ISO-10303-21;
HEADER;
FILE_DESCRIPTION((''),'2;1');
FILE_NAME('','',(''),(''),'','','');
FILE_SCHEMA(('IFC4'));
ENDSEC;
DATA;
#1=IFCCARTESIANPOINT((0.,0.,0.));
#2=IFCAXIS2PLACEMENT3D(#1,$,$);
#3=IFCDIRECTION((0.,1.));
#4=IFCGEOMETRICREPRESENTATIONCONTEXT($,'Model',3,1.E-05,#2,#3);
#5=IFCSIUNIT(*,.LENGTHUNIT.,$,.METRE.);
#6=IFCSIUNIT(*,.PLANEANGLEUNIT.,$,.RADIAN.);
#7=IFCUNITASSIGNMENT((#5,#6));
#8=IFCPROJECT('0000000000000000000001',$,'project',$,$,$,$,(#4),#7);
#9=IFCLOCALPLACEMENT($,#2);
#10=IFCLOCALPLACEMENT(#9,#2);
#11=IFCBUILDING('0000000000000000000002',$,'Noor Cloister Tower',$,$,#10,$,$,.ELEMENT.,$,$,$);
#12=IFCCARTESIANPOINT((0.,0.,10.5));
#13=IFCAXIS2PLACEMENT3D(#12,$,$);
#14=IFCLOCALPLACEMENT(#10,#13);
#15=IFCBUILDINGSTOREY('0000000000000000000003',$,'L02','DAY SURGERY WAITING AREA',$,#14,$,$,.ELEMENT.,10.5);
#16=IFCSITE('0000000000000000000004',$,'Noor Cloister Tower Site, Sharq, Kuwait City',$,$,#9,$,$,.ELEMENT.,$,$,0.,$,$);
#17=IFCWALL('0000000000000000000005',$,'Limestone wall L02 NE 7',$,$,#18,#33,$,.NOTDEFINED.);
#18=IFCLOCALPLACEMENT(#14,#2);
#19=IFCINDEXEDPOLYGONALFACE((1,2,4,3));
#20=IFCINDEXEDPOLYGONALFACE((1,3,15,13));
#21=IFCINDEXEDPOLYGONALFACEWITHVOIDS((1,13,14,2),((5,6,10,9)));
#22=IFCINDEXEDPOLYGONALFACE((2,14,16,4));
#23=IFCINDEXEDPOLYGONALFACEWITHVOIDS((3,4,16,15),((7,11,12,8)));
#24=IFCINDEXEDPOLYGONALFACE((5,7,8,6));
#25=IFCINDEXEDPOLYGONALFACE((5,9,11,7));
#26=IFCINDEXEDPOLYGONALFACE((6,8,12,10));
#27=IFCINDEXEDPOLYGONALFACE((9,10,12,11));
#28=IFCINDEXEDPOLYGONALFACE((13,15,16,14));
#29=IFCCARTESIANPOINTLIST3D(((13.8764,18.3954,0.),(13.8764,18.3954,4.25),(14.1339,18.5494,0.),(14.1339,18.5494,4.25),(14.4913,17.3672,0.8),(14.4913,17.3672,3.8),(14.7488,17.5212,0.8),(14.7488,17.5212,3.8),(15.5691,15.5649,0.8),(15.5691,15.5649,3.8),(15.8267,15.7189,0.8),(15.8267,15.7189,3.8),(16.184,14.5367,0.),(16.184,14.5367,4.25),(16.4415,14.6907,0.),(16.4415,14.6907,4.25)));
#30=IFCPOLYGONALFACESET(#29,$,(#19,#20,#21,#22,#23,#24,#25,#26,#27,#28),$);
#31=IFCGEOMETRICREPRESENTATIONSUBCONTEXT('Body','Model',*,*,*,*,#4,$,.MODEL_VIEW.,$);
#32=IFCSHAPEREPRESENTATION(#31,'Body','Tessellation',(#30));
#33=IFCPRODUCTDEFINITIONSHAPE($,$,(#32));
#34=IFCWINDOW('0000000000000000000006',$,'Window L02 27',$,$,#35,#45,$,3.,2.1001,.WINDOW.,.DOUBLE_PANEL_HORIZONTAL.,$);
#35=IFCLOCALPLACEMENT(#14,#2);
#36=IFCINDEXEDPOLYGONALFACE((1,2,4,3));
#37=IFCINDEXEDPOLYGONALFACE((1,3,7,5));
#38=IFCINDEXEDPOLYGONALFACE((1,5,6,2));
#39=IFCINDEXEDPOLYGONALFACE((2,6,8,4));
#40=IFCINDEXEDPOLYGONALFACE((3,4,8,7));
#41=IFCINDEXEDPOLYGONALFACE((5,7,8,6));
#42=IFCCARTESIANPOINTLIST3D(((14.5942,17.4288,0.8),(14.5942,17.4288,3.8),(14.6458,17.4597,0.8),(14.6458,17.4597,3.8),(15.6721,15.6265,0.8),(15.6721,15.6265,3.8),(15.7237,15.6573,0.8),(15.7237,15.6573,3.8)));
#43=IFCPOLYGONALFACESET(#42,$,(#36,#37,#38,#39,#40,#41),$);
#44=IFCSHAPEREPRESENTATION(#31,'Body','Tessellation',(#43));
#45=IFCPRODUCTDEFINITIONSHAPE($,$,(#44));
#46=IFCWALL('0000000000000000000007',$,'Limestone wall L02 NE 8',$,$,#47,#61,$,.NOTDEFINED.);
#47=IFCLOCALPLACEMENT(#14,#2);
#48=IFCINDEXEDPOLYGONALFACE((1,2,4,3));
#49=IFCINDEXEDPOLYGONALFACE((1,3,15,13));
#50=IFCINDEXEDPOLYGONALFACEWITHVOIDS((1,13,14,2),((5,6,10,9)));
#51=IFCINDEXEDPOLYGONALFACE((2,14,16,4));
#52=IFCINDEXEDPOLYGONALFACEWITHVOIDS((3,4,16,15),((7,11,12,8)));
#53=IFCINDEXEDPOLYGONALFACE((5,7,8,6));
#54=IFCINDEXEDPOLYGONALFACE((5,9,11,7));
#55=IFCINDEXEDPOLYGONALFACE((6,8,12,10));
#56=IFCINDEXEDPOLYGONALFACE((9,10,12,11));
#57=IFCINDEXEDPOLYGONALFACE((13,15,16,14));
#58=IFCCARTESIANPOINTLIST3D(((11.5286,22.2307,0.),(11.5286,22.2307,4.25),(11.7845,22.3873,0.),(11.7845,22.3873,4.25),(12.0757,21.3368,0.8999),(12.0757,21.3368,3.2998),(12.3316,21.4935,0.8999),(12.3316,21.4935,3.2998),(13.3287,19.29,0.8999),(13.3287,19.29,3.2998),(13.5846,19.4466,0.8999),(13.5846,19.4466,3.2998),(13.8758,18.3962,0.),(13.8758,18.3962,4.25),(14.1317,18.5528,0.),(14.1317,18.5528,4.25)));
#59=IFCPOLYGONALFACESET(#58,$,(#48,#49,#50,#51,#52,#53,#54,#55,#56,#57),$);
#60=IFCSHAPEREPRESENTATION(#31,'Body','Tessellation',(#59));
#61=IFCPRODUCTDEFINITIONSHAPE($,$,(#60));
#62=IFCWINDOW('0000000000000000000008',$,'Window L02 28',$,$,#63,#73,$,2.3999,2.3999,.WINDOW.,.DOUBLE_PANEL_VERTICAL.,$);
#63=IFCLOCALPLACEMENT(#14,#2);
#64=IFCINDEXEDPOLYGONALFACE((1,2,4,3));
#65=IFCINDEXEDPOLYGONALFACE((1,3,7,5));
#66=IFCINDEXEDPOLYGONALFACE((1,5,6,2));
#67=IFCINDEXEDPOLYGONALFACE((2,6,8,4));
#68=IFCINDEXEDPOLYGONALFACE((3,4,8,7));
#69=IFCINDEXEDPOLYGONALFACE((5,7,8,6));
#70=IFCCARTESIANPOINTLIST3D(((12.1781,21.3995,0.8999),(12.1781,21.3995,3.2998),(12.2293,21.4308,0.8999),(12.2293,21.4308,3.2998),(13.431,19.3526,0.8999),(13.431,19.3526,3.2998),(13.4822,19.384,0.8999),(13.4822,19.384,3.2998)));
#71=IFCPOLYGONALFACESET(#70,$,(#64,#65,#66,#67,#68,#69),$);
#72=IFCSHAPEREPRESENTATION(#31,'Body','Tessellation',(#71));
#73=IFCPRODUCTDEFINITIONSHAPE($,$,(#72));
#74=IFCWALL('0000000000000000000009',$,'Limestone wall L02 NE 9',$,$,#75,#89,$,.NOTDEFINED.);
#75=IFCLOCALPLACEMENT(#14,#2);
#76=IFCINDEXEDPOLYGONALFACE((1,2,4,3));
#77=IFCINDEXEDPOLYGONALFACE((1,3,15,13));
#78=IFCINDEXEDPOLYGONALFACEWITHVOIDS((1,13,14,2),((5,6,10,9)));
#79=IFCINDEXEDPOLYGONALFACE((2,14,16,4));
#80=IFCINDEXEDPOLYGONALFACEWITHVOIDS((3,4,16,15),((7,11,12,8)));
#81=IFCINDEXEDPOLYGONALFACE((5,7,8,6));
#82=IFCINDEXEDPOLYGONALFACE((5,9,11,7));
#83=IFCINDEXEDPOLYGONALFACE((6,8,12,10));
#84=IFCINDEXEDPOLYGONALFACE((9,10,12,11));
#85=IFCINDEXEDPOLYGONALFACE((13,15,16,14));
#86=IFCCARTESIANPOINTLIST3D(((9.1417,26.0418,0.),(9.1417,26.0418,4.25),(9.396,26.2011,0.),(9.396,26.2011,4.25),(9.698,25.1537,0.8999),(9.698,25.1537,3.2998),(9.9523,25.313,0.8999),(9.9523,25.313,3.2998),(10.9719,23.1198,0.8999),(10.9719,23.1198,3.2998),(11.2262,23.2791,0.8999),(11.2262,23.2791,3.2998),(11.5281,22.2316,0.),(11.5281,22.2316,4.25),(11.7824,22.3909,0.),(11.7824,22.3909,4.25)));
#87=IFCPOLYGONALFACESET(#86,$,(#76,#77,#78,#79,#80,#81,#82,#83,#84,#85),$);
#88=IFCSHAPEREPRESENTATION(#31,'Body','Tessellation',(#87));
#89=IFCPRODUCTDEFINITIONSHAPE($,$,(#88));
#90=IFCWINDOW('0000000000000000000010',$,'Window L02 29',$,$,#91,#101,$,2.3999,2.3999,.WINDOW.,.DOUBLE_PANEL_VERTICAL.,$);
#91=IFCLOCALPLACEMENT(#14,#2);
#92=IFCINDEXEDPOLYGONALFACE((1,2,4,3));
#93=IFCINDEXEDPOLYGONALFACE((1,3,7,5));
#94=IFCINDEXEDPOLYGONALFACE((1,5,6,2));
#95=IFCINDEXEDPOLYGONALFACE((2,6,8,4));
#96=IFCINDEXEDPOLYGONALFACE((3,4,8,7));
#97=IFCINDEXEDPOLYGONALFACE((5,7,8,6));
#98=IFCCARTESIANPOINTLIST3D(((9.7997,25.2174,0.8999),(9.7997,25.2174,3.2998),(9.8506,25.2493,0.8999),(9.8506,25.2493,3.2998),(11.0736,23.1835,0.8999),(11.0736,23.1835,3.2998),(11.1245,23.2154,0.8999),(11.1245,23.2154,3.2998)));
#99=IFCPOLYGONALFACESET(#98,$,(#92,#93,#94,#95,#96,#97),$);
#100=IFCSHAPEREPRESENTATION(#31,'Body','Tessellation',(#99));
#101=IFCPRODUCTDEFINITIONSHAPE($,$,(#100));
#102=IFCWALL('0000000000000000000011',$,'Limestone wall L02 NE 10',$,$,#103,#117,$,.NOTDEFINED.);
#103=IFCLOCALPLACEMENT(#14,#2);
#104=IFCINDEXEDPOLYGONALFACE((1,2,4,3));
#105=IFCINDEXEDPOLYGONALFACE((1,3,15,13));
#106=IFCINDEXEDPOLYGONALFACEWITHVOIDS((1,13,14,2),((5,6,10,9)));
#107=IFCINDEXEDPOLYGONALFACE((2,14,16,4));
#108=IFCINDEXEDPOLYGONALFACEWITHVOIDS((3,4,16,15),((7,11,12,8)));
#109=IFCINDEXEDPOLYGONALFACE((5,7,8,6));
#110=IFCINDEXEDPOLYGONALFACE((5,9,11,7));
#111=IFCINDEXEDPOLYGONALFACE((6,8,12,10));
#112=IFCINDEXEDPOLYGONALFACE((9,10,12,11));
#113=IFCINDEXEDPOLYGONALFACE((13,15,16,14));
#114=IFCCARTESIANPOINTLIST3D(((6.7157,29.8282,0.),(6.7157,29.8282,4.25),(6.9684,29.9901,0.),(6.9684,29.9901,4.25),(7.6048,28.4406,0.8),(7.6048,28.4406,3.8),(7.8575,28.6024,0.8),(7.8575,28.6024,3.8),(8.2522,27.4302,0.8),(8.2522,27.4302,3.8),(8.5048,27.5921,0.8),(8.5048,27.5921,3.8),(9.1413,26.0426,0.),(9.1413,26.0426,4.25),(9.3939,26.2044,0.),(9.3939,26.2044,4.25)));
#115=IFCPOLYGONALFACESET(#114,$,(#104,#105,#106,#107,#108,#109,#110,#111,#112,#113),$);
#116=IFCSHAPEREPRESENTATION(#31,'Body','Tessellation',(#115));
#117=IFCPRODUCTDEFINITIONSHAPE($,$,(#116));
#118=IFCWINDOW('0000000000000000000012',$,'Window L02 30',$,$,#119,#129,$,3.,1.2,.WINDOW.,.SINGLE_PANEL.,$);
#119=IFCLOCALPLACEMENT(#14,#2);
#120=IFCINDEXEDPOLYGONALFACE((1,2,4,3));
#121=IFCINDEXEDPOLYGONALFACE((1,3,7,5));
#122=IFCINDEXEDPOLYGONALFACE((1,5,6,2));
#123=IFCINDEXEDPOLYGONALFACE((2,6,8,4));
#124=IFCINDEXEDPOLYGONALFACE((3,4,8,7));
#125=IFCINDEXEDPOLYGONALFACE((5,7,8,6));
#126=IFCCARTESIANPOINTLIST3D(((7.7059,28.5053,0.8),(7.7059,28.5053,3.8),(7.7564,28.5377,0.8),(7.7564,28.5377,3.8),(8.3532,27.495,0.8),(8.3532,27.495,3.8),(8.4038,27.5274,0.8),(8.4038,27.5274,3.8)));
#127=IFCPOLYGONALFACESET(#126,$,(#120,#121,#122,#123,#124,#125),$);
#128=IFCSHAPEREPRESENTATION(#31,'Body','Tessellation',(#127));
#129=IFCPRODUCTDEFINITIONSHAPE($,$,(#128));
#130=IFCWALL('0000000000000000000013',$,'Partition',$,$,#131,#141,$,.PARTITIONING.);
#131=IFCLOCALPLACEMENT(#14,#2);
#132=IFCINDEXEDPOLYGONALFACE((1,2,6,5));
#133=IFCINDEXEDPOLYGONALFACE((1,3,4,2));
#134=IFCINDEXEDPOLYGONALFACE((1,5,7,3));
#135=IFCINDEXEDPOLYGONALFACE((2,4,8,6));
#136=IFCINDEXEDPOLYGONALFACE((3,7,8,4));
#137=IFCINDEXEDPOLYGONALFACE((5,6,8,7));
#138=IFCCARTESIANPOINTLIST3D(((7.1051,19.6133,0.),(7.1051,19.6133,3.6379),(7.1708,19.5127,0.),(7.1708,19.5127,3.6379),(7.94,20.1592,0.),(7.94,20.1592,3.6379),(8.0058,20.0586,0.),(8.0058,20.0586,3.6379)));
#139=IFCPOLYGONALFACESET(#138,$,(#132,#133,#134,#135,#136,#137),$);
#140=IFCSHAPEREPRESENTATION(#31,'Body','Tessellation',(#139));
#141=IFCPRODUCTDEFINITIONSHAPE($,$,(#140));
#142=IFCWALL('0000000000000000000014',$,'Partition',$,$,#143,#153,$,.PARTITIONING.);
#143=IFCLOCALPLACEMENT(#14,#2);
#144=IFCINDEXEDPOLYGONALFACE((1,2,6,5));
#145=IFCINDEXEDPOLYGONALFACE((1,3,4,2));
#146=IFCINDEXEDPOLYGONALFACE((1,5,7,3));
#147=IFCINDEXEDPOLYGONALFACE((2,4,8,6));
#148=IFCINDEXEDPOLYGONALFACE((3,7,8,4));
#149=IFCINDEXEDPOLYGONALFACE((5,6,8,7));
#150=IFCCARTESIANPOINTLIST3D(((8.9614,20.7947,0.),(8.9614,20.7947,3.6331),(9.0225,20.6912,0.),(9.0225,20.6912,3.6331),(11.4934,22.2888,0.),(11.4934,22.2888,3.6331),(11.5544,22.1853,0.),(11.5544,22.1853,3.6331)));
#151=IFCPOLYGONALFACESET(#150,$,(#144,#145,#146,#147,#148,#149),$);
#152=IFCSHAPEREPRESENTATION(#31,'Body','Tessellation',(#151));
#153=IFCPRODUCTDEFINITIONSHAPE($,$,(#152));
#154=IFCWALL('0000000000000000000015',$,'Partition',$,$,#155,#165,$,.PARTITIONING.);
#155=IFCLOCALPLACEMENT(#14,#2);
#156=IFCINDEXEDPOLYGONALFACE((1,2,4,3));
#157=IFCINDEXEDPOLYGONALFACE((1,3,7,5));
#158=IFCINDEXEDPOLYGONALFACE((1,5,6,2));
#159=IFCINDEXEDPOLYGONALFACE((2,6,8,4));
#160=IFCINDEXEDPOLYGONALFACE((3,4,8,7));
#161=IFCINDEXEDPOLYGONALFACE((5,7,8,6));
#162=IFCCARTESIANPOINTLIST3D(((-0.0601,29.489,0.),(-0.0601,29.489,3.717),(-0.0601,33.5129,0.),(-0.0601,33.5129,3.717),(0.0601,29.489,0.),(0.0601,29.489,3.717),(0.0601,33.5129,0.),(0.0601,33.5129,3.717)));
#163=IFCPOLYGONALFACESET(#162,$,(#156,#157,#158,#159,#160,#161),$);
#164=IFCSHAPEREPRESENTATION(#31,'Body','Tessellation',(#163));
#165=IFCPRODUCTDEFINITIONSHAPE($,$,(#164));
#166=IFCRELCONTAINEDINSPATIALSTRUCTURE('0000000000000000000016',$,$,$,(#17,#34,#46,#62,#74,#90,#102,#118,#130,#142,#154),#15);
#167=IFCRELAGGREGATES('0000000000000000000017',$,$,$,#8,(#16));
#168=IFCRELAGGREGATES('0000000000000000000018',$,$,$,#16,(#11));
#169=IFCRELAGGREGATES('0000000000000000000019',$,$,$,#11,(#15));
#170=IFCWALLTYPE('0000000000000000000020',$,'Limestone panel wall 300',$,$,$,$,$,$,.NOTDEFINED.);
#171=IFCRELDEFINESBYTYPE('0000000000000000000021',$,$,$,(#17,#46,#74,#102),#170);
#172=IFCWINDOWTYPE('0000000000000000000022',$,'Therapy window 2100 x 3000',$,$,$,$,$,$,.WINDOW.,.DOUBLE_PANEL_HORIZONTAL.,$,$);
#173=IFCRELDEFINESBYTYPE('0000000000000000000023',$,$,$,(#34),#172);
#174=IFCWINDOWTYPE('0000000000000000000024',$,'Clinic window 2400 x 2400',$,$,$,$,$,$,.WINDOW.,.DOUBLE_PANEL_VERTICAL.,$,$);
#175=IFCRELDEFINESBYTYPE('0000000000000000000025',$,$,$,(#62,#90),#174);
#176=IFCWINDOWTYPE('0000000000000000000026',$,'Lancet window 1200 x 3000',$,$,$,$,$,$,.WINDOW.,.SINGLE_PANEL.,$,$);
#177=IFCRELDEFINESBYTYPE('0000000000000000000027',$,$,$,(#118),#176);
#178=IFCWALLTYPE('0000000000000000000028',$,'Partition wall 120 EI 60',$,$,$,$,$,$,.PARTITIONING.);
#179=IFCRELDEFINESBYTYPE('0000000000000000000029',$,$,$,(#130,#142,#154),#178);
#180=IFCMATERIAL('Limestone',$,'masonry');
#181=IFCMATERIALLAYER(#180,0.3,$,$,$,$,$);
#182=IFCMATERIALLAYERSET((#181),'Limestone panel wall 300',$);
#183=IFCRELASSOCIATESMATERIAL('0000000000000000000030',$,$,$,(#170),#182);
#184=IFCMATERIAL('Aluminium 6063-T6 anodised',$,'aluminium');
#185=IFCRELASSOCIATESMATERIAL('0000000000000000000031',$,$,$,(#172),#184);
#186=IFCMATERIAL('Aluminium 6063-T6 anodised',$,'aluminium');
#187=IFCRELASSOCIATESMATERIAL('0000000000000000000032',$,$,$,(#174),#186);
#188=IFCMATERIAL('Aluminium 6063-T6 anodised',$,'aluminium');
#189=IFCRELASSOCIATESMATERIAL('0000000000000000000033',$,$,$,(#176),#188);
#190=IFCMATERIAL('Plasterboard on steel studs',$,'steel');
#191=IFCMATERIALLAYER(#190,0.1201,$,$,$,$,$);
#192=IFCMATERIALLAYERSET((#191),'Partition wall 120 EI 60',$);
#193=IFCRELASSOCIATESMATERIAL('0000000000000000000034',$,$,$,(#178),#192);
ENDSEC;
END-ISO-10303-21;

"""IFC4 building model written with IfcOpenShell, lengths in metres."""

from ifc_helpers import new_model, si_unit, direction, frame, frame_2d, origin, place, context, subcontext, project, spatial, rectangle, extrude, material, layer, layer_set, type_object, element, fill, save


model = new_model("IFC4")

# Units and contexts
model_context = context("Model", 3, precision=1e-05, world=origin(), true_north=direction((0.0, 1.0)))
body_context = subcontext(model_context, "Body", "Model", "MODEL_VIEW")
ifc_project = project(units=[si_unit("LENGTHUNIT", "METRE"), si_unit("PLANEANGLEUNIT", "RADIAN")], contexts=[model_context])

# Site, building, storey
site_placement = place(None, origin())
site = spatial("IfcSite", under=ifc_project, at=site_placement, Name="Noor Cloister Tower Site, Sharq, Kuwait City", CompositionType="ELEMENT", RefElevation=0.0)
building_placement = place(site_placement, origin())
building = spatial("IfcBuilding", under=site, at=building_placement, Name="Noor Cloister Tower", CompositionType="ELEMENT")
storey_placement = place(building_placement, frame((0.0, 0.0, 10.5)))
storey = spatial("IfcBuildingStorey", under=building, at=storey_placement, Name="L02", Description="DAY SURGERY WAITING AREA", CompositionType="ELEMENT", Elevation=10.5)

# Walls, openings, windows
ifc_material_1 = material(Name="Limestone", Category="masonry")
ifc_layer_1 = layer(ifc_material_1, 0.3)
ifc_layer_set_1 = layer_set([ifc_layer_1], Name="Limestone panel wall 300")
wall_type_1 = type_object("IfcWallType", Name="Limestone panel wall 300", PredefinedType="NOTDEFINED", material=ifc_layer_set_1)
wall_1_placement = place(storey_placement, frame((14.0051, 18.4724, 0.0), z_axis=(0.0, 0.0, 1.0), x_axis=(0.513257, -0.858235, 0.0)))
wall_1 = element("IfcWall", 1, at=wall_1_placement, inside=storey, type_object=wall_type_1, Name="Limestone wall L02 NE 7", PredefinedType="NOTDEFINED", context=body_context, shape_type="SweptSolid", body=[
    extrude(rectangle(XDim=4.4961, YDim=0.3, at=frame_2d((2.248, 0.0))), origin(), (0.0, 0.0, 1.0), 4.25),
])
opening_1_placement = place(wall_1_placement, frame((1.198, 0.0, 0.8)))
opening_1 = element("IfcOpeningElement", 2, at=opening_1_placement, cuts=wall_1, PredefinedType="OPENING", context=body_context, shape_type="SweptSolid", body=[
    extrude(rectangle(XDim=2.1001, YDim=3.0, at=frame_2d((1.05, 1.5))), frame((0.0, 0.1602, 0.0), z_axis=(0.0, -1.0, 0.0), x_axis=(1.0, 0.0, 0.0)), (0.0, 0.0, 1.0), 0.3201),
])
ifc_material_2 = material(Name="Aluminium 6063-T6 anodised", Category="aluminium")
window_type_1 = type_object("IfcWindowType", Name="Therapy window 2100 x 3000", PartitioningType="DOUBLE_PANEL_HORIZONTAL", PredefinedType="WINDOW", material=ifc_material_2)
window_1_placement = place(opening_1_placement, origin())
window_1 = element("IfcWindow", 3, at=window_1_placement, inside=storey, type_object=window_type_1, Name="Window L02 27", OverallHeight=3.0, OverallWidth=2.1001, PartitioningType="DOUBLE_PANEL_HORIZONTAL", PredefinedType="WINDOW", context=body_context, shape_type="SweptSolid", body=[
    extrude(rectangle(XDim=2.1001, YDim=3.0, at=frame_2d((1.05, 1.5))), frame((0.0, 0.03, 0.0), z_axis=(0.0, -1.0, 0.0), x_axis=(1.0, 0.0, 0.0)), (0.0, 0.0, 1.0), 0.0601),
])
fill(opening_1, window_1)
wall_2_placement = place(storey_placement, frame((11.6565, 22.3091, 0.0), z_axis=(0.0, 0.0, 1.0), x_axis=(0.522078, -0.852898, 0.0)))
wall_2 = element("IfcWall", 4, at=wall_2_placement, inside=storey, type_object=wall_type_1, Name="Limestone wall L02 NE 8", PredefinedType="NOTDEFINED", context=body_context, shape_type="SweptSolid", body=[
    extrude(rectangle(XDim=4.4958, YDim=0.3, at=frame_2d((2.248, 0.0))), origin(), (0.0, 0.0, 1.0), 4.25),
])
opening_2_placement = place(wall_2_placement, frame((1.0481, 0.0, 0.8999)))
opening_2 = element("IfcOpeningElement", 5, at=opening_2_placement, cuts=wall_2, PredefinedType="OPENING", context=body_context, shape_type="SweptSolid", body=[
    extrude(rectangle(XDim=2.3999, YDim=2.3999, at=frame_2d((1.2, 1.2))), frame((0.0, 0.1602, 0.0), z_axis=(0.0, -1.0, 0.0), x_axis=(1.0, 0.0, 0.0)), (0.0, 0.0, 1.0), 0.3201),
])
ifc_material_3 = material(Name="Aluminium 6063-T6 anodised", Category="aluminium")
window_type_2 = type_object("IfcWindowType", Name="Clinic window 2400 x 2400", PartitioningType="DOUBLE_PANEL_VERTICAL", PredefinedType="WINDOW", material=ifc_material_3)
window_2_placement = place(opening_2_placement, origin())
window_2 = element("IfcWindow", 6, at=window_2_placement, inside=storey, type_object=window_type_2, Name="Window L02 28", OverallHeight=2.3999, OverallWidth=2.3999, PartitioningType="DOUBLE_PANEL_VERTICAL", PredefinedType="WINDOW", context=body_context, shape_type="SweptSolid", body=[
    extrude(rectangle(XDim=2.3999, YDim=2.3999, at=frame_2d((1.2, 1.2))), frame((0.0, 0.03, 0.0), z_axis=(0.0, -1.0, 0.0), x_axis=(1.0, 0.0, 0.0)), (0.0, 0.0, 1.0), 0.0601),
])
fill(opening_2, window_2)
wall_3_placement = place(storey_placement, frame((9.2688, 26.1216, 0.0), z_axis=(0.0, 0.0, 1.0), x_axis=(0.530804, -0.847495, 0.0)))
wall_3 = element("IfcWall", 7, at=wall_3_placement, inside=storey, type_object=wall_type_1, Name="Limestone wall L02 NE 9", PredefinedType="NOTDEFINED", context=body_context, shape_type="SweptSolid", body=[
    extrude(rectangle(XDim=4.4958, YDim=0.3, at=frame_2d((2.248, 0.0))), origin(), (0.0, 0.0, 1.0), 4.25),
])
opening_3_placement = place(wall_3_placement, frame((1.0481, 0.0, 0.8999)))
opening_3 = element("IfcOpeningElement", 8, at=opening_3_placement, cuts=wall_3, PredefinedType="OPENING", context=body_context, shape_type="SweptSolid", body=[
    extrude(rectangle(XDim=2.3999, YDim=2.3999, at=frame_2d((1.2, 1.2))), frame((0.0, 0.1602, 0.0), z_axis=(0.0, -1.0, 0.0), x_axis=(1.0, 0.0, 0.0)), (0.0, 0.0, 1.0), 0.3201),
])
window_3_placement = place(opening_3_placement, origin())
window_3 = element("IfcWindow", 9, at=window_3_placement, inside=storey, type_object=window_type_2, Name="Window L02 29", OverallHeight=2.3999, OverallWidth=2.3999, PartitioningType="DOUBLE_PANEL_VERTICAL", PredefinedType="WINDOW", context=body_context, shape_type="SweptSolid", body=[
    extrude(rectangle(XDim=2.3999, YDim=2.3999, at=frame_2d((1.2, 1.2))), frame((0.0, 0.03, 0.0), z_axis=(0.0, -1.0, 0.0), x_axis=(1.0, 0.0, 0.0)), (0.0, 0.0, 1.0), 0.0601),
])
fill(opening_3, window_3)
wall_4_placement = place(storey_placement, frame((6.842, 29.9092, 0.0), z_axis=(0.0, 0.0, 1.0), x_axis=(0.539484, -0.841996, 0.0)))
wall_4 = element("IfcWall", 10, at=wall_4_placement, inside=storey, type_object=wall_type_1, Name="Limestone wall L02 NE 10", PredefinedType="NOTDEFINED", context=body_context, shape_type="SweptSolid", body=[
    extrude(rectangle(XDim=4.4961, YDim=0.3, at=frame_2d((2.248, 0.0))), origin(), (0.0, 0.0, 1.0), 4.25),
])
opening_4_placement = place(wall_4_placement, frame((1.6479, 0.0, 0.8)))
opening_4 = element("IfcOpeningElement", 11, at=opening_4_placement, cuts=wall_4, PredefinedType="OPENING", context=body_context, shape_type="SweptSolid", body=[
    extrude(rectangle(XDim=1.2, YDim=3.0, at=frame_2d((0.6001, 1.5))), frame((0.0, 0.1602, 0.0), z_axis=(0.0, -1.0, 0.0), x_axis=(1.0, 0.0, 0.0)), (0.0, 0.0, 1.0), 0.3201),
])
ifc_material_4 = material(Name="Aluminium 6063-T6 anodised", Category="aluminium")
window_type_3 = type_object("IfcWindowType", Name="Lancet window 1200 x 3000", PartitioningType="SINGLE_PANEL", PredefinedType="WINDOW", material=ifc_material_4)
window_4_placement = place(opening_4_placement, origin())
window_4 = element("IfcWindow", 12, at=window_4_placement, inside=storey, type_object=window_type_3, Name="Window L02 30", OverallHeight=3.0, OverallWidth=1.2, PartitioningType="SINGLE_PANEL", PredefinedType="WINDOW", context=body_context, shape_type="SweptSolid", body=[
    extrude(rectangle(XDim=1.2, YDim=3.0, at=frame_2d((0.6001, 1.5))), frame((0.0, 0.03, 0.0), z_axis=(0.0, -1.0, 0.0), x_axis=(1.0, 0.0, 0.0)), (0.0, 0.0, 1.0), 0.0601),
])
fill(opening_4, window_4)

# Walls
ifc_material_5 = material(Name="Plasterboard on steel studs", Category="steel")
ifc_layer_2 = layer(ifc_material_5, 0.1201)
ifc_layer_set_2 = layer_set([ifc_layer_2], Name="Partition wall 120 EI 60")
wall_type_2 = type_object("IfcWallType", Name="Partition wall 120 EI 60", PredefinedType="PARTITIONING", material=ifc_layer_set_2)
wall_5_placement = place(storey_placement, frame((7.9729, 20.1089, 0.0), z_axis=(0.0, 0.0, 1.0), x_axis=(-0.836987, -0.547223, 0.0)))
element("IfcWall", 13, at=wall_5_placement, inside=storey, type_object=wall_type_2, Name="Partition", PredefinedType="PARTITIONING", context=body_context, shape_type="SweptSolid", body=[
    extrude(rectangle(XDim=0.9976, YDim=0.1201, at=frame_2d((0.4988, 0.0))), origin(), (0.0, 0.0, 1.0), 3.6379),
])
wall_6_placement = place(storey_placement, frame((11.5239, 22.2371, 0.0), z_axis=(0.0, 0.0, 1.0), x_axis=(-0.861229, -0.508217, 0.0)))
element("IfcWall", 14, at=wall_6_placement, inside=storey, type_object=wall_type_2, Name="Partition", PredefinedType="PARTITIONING", context=body_context, shape_type="SweptSolid", body=[
    extrude(rectangle(XDim=2.9399, YDim=0.1201, at=frame_2d((1.47, 0.0))), origin(), (0.0, 0.0, 1.0), 3.6331),
])
wall_7_placement = place(storey_placement, frame((0.0, 29.489, 0.0), z_axis=(0.0, 0.0, 1.0), x_axis=(0.0, 1.0, 0.0)))
element("IfcWall", 15, at=wall_7_placement, inside=storey, type_object=wall_type_2, Name="Partition", PredefinedType="PARTITIONING", context=body_context, shape_type="SweptSolid", body=[
    extrude(rectangle(XDim=4.0239, YDim=0.1201, at=frame_2d((2.012, 0.0))), origin(), (0.0, 0.0, 1.0), 3.717),
])

save(model, "model.ifc")
